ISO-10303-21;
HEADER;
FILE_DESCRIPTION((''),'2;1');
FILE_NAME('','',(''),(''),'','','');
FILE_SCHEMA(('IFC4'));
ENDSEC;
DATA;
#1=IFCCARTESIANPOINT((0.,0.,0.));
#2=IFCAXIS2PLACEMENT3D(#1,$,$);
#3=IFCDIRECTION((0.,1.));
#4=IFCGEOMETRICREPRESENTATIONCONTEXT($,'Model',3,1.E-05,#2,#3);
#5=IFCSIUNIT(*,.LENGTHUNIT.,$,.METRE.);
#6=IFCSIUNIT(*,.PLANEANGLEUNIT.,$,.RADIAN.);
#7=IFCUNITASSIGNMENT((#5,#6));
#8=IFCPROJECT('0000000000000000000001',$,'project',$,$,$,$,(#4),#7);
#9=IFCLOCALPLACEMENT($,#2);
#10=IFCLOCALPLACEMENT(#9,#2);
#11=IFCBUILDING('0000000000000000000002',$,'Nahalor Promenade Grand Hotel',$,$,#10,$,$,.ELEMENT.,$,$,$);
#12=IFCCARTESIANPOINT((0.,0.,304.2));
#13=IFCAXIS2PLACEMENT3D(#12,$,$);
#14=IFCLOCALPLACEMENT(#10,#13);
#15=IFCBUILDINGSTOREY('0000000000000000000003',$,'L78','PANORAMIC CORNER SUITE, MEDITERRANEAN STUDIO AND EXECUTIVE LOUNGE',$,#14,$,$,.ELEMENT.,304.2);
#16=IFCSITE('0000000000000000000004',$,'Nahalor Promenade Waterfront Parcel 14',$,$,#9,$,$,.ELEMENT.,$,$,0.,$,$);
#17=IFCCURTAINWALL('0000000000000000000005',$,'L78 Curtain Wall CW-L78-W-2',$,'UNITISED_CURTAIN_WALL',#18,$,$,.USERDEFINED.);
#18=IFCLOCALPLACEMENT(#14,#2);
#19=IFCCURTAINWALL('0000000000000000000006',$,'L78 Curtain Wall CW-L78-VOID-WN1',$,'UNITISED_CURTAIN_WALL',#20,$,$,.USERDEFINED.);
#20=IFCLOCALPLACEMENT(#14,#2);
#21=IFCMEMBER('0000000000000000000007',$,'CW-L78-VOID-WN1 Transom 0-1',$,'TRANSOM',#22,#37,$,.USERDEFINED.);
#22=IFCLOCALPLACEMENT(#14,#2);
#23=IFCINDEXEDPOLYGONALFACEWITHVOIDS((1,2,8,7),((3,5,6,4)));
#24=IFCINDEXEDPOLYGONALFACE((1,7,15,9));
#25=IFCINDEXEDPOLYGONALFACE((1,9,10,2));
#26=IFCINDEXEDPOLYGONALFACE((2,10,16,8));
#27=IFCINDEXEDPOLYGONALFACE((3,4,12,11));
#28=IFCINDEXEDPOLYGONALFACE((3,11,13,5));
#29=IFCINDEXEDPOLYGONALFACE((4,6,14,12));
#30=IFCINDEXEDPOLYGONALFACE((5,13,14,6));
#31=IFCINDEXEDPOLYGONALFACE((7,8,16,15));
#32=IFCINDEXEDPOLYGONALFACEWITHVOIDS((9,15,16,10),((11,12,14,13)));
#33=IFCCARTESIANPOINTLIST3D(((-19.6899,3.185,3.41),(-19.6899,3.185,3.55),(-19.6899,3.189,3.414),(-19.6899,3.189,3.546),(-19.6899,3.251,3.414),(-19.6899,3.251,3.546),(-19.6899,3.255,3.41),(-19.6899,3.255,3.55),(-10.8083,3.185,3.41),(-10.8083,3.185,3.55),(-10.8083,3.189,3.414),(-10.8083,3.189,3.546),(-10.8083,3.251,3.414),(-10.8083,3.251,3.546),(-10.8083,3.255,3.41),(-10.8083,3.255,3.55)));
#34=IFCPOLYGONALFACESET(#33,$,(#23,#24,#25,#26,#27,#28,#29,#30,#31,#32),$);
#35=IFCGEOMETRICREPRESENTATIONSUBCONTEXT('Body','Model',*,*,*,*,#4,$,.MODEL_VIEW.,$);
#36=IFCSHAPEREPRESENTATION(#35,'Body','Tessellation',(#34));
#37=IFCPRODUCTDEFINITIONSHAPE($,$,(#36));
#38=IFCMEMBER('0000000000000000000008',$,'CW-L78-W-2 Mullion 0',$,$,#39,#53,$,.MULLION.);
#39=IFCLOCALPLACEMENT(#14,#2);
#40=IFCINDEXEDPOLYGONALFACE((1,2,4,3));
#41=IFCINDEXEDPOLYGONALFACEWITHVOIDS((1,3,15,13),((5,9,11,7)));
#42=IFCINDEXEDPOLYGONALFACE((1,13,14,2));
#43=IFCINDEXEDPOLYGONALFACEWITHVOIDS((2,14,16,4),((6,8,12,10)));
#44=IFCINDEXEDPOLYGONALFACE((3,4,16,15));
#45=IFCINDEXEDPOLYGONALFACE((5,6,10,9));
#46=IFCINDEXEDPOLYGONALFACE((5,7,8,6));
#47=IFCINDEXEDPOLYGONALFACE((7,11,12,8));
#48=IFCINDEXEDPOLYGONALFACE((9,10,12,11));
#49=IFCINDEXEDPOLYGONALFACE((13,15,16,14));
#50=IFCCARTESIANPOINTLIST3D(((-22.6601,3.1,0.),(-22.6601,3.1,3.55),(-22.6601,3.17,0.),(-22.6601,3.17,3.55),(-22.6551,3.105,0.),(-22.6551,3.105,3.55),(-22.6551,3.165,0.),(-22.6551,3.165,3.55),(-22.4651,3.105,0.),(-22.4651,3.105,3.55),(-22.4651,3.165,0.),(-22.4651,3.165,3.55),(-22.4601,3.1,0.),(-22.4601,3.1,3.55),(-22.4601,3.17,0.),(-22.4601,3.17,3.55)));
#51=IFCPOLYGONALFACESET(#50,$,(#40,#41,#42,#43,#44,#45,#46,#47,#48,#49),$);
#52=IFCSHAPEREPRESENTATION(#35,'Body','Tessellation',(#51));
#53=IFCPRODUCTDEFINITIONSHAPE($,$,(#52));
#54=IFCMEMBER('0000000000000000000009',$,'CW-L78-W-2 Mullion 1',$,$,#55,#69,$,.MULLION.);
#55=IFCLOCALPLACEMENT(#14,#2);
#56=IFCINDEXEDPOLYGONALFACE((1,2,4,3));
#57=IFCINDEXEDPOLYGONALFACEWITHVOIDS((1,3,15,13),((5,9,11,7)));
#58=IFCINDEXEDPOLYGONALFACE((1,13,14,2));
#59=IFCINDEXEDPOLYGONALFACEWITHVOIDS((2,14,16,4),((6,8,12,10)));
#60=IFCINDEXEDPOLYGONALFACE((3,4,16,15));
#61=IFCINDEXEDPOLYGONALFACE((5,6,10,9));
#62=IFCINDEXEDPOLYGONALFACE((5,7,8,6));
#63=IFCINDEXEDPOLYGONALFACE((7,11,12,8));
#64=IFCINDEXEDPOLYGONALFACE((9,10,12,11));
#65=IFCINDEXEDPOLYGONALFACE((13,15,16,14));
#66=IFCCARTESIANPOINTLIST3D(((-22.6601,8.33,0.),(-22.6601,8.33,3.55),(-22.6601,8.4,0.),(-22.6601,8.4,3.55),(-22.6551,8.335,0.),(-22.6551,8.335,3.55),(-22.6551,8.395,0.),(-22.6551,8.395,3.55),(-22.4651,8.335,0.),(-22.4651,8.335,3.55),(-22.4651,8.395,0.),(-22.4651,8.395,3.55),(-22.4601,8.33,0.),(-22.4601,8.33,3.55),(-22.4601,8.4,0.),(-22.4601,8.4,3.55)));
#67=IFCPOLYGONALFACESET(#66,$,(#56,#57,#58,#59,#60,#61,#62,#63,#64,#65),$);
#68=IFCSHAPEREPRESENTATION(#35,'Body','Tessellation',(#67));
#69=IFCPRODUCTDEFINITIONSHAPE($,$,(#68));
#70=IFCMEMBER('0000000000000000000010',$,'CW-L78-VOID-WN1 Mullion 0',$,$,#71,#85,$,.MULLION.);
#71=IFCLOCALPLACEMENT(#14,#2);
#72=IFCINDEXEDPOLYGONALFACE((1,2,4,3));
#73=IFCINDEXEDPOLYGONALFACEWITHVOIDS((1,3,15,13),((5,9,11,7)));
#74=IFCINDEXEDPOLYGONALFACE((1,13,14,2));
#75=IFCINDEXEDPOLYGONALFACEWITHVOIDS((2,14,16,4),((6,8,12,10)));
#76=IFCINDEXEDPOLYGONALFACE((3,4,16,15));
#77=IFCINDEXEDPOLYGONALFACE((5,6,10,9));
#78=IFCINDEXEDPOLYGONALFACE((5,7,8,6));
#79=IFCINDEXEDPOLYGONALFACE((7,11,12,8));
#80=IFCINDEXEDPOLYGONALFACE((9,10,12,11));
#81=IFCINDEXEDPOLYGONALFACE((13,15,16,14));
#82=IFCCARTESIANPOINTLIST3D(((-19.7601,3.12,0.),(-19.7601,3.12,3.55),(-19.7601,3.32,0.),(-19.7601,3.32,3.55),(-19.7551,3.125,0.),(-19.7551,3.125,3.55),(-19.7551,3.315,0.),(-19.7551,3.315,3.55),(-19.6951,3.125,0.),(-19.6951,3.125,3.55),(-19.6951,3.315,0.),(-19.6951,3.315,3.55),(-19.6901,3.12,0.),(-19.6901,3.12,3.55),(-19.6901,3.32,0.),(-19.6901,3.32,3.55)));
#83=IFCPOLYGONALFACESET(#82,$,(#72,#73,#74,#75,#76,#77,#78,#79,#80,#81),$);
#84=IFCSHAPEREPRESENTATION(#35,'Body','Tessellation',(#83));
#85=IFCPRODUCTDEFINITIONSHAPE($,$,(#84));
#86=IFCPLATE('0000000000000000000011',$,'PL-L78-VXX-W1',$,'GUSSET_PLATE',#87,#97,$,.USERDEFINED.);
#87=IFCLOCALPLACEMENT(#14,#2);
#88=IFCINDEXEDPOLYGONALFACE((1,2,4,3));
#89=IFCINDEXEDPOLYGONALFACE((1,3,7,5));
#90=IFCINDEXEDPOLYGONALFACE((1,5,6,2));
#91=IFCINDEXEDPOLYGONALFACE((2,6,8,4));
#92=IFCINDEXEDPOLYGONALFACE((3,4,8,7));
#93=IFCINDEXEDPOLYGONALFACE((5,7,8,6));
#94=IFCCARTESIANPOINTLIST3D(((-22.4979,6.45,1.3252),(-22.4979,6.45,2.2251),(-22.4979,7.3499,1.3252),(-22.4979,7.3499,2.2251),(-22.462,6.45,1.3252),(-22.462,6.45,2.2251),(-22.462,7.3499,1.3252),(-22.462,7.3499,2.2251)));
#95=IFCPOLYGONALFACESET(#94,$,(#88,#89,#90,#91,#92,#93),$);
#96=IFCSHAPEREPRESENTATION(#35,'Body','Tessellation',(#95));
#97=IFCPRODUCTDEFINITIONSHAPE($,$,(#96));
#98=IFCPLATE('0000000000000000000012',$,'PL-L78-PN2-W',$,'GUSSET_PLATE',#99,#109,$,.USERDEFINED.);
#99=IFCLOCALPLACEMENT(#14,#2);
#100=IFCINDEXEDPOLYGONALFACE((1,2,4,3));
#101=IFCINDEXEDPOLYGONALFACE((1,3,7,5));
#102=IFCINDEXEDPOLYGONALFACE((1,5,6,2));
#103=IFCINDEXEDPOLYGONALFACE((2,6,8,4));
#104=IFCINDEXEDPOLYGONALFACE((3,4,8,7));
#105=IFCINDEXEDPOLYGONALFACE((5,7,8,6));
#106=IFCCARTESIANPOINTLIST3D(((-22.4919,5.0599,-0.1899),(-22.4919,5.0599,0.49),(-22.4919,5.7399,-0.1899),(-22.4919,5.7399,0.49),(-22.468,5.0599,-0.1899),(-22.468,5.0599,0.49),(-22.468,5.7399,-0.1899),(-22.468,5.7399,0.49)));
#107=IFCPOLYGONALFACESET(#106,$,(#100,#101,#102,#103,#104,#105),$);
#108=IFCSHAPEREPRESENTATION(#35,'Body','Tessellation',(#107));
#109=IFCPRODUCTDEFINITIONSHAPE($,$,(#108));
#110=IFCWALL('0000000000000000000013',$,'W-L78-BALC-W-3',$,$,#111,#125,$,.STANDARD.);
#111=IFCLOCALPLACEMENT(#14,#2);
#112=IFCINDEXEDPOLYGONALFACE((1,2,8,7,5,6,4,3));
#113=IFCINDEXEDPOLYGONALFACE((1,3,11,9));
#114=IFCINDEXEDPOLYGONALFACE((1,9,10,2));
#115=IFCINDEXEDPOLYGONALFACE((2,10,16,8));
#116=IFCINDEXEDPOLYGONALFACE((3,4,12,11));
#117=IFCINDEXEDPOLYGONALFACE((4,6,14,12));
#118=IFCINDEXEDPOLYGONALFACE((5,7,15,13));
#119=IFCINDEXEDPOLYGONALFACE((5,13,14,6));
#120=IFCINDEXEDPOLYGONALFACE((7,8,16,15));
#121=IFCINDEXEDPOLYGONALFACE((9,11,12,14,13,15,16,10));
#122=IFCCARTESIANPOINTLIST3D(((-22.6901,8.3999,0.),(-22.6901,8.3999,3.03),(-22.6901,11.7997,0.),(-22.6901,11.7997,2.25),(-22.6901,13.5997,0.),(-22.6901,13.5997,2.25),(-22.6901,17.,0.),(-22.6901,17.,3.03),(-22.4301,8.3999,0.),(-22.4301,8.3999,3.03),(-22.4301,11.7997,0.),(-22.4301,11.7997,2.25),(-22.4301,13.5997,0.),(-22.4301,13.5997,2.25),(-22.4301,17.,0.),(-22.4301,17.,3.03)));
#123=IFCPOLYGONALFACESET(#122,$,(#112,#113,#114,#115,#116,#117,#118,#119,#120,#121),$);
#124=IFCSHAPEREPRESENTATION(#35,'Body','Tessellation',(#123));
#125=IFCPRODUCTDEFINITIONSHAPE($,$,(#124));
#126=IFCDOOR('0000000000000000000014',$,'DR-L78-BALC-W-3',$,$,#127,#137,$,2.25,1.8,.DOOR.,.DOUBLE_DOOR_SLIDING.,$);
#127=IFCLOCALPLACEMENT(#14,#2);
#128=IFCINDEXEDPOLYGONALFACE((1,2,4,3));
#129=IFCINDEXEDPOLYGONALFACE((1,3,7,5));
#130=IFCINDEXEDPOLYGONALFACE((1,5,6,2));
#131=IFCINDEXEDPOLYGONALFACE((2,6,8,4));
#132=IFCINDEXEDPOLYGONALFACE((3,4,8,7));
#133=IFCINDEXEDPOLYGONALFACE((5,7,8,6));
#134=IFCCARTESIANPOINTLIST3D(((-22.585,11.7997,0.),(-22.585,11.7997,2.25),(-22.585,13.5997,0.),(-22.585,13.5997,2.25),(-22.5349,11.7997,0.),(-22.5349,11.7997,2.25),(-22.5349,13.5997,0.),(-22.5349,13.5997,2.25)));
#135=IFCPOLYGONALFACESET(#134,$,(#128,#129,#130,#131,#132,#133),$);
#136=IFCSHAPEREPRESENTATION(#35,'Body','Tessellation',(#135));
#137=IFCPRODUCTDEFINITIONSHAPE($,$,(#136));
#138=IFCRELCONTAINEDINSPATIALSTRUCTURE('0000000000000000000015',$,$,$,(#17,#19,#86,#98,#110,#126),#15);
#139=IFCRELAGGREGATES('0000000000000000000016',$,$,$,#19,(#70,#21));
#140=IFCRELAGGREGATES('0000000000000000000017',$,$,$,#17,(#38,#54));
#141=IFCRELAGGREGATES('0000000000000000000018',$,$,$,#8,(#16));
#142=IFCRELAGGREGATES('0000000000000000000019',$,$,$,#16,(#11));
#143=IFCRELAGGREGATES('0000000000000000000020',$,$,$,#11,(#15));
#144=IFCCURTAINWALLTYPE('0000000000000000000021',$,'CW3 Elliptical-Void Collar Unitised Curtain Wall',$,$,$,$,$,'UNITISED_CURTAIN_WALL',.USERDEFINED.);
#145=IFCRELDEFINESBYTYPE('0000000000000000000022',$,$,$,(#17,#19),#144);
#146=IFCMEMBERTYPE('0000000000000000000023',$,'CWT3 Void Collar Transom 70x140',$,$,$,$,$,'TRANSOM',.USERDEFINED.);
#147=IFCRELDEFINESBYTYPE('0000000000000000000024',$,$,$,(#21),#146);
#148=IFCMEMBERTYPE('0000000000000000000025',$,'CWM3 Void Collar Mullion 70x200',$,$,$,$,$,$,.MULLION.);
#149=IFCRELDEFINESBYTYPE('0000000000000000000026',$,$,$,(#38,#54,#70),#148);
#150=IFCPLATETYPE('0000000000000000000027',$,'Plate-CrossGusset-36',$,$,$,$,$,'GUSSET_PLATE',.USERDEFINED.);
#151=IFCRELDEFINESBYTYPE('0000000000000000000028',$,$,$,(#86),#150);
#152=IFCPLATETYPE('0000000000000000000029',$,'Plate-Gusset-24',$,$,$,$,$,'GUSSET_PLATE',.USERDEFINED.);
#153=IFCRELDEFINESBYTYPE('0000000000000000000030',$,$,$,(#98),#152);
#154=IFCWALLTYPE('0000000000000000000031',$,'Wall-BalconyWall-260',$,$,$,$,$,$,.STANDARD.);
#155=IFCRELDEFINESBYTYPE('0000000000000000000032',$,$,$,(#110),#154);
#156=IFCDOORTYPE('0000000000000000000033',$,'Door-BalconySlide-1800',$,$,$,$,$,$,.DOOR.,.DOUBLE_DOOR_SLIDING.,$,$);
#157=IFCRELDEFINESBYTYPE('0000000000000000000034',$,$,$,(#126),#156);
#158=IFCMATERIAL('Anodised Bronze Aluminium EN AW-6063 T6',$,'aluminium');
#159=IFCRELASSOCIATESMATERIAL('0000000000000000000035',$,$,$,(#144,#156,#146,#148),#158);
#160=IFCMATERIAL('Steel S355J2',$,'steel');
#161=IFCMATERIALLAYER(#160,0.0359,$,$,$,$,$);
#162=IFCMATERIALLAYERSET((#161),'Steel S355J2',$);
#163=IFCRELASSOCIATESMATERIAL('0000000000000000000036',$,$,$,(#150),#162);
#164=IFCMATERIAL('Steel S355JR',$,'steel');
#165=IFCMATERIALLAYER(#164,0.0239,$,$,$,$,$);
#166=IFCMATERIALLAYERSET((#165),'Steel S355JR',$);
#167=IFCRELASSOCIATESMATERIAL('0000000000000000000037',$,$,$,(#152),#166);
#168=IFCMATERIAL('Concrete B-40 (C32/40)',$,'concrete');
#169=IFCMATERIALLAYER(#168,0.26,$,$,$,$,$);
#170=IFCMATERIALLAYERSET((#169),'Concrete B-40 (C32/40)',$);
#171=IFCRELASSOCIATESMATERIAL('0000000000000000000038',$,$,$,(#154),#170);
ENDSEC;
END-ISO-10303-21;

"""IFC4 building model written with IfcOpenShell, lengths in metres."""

from ifc_helpers import new_model, si_unit, direction, frame, frame_2d, origin, origin_2d, place, context, subcontext, project, spatial, rectangle, hollow_rectangle, extrude, source, transform, mapped, material, layer, layer_set, material_profile, profile_set, type_object, element, fill, aggregate, save


model = new_model("IFC4")

# Units and contexts
model_context = context("Model", 3, precision=1e-05, world=origin(), true_north=direction((0.0, 1.0)))
body_context = subcontext(model_context, "Body", "Model", "MODEL_VIEW")
ifc_project = project(units=[si_unit("LENGTHUNIT", "METRE"), si_unit("PLANEANGLEUNIT", "RADIAN")], contexts=[model_context])

# Site, building, storey
site_placement = place(None, origin())
site = spatial("IfcSite", under=ifc_project, at=site_placement, Name="Nahalor Promenade Waterfront Parcel 14", CompositionType="ELEMENT", RefElevation=0.0)
building_placement = place(site_placement, origin())
building = spatial("IfcBuilding", under=site, at=building_placement, Name="Nahalor Promenade Grand Hotel", CompositionType="ELEMENT")
storey_placement = place(building_placement, frame((0.0, 0.0, 304.2)))
storey = spatial("IfcBuildingStorey", under=building, at=storey_placement, Name="L78", Description="PANORAMIC CORNER SUITE, MEDITERRANEAN STUDIO AND EXECUTIVE LOUNGE", CompositionType="ELEMENT", Elevation=304.2)

# Shared definitions
ifc_material_1 = material(Name="Steel S355JR", Category="steel")

# Curtain walls, member
ifc_material_2 = material(Name="Anodised Bronze Aluminium EN AW-6063 T6", Category="aluminium")
curtain_wall_type = type_object("IfcCurtainWallType", Name="CW3 Elliptical-Void Collar Unitised Curtain Wall", ElementType="UNITISED_CURTAIN_WALL", PredefinedType="USERDEFINED", material=ifc_material_2)
curtain_wall_1_placement = place(storey_placement, origin())
curtain_wall_1 = element("IfcCurtainWall", 1, at=curtain_wall_1_placement, inside=storey, type_object=curtain_wall_type, Name="L78 Curtain Wall CW-L78-W-2", ObjectType="UNITISED_CURTAIN_WALL", PredefinedType="USERDEFINED")
ifc_material_profile_1 = material_profile(ifc_material_2, hollow_rectangle(XDim=0.07, YDim=0.14, WallThickness=0.004, at=origin_2d()), Name="CWT 70x140x4")
ifc_profile_set_1 = profile_set([ifc_material_profile_1], Name="Anodised Bronze Aluminium EN AW-6063 T6")
member_type_1 = type_object("IfcMemberType", Name="CWT3 Void Collar Transom 70x140", ElementType="TRANSOM", PredefinedType="USERDEFINED", material=ifc_profile_set_1)
curtain_wall_2_placement = place(storey_placement, origin())
curtain_wall_2 = element("IfcCurtainWall", 2, at=curtain_wall_2_placement, inside=storey, type_object=curtain_wall_type, Name="L78 Curtain Wall CW-L78-VOID-WN1", ObjectType="UNITISED_CURTAIN_WALL", PredefinedType="USERDEFINED")
shared_shape_1 = source(origin(), body_context, "Body", "SweptSolid", [
    extrude(hollow_rectangle(XDim=0.07, YDim=0.14, WallThickness=0.004, at=origin_2d()), origin(), (0.0, 0.0, 1.0), 8.8816),
])
member_1_placement = place(storey_placement, frame((-19.6899, 3.22, 3.48), z_axis=(1.0, 0.0, 0.0), x_axis=(0.0, 1.0, 0.0)))
member_1 = element("IfcMember", 3, at=member_1_placement, type_object=member_type_1, Name="CW-L78-VOID-WN1 Transom 0-1", ObjectType="TRANSOM", PredefinedType="USERDEFINED", context=body_context, shape_type="MappedRepresentation", body=[
    mapped(shared_shape_1, transform((0.0, 0.0, 0.0), scale=1.0)),
])

# Members
ifc_material_profile_2 = material_profile(ifc_material_2, hollow_rectangle(XDim=0.07, YDim=0.2, WallThickness=0.005, at=origin_2d()), Name="CWM 70x200x5")
ifc_profile_set_2 = profile_set([ifc_material_profile_2], Name="Anodised Bronze Aluminium EN AW-6063 T6")
member_type_2 = type_object("IfcMemberType", Name="CWM3 Void Collar Mullion 70x200", PredefinedType="MULLION", material=ifc_profile_set_2)
shared_shape_2 = source(origin(), body_context, "Body", "SweptSolid", [
    extrude(hollow_rectangle(XDim=0.07, YDim=0.2, WallThickness=0.005, at=origin_2d()), origin(), (0.0, 0.0, 1.0), 3.55),
])
member_2_placement = place(storey_placement, frame((-22.5601, 3.135, 0.0), z_axis=(0.0, 0.0, 1.0), x_axis=(0.0, 1.0, 0.0)))
member_2 = element("IfcMember", 4, at=member_2_placement, type_object=member_type_2, Name="CW-L78-W-2 Mullion 0", PredefinedType="MULLION", context=body_context, shape_type="MappedRepresentation", body=[
    mapped(shared_shape_2, transform((0.0, 0.0, 0.0), scale=1.0)),
])
member_3_placement = place(storey_placement, frame((-22.5601, 8.365, 0.0), z_axis=(0.0, 0.0, 1.0), x_axis=(0.0, 1.0, 0.0)))
member_3 = element("IfcMember", 5, at=member_3_placement, type_object=member_type_2, Name="CW-L78-W-2 Mullion 1", PredefinedType="MULLION", context=body_context, shape_type="MappedRepresentation", body=[
    mapped(shared_shape_2, transform((0.0, 0.0, 0.0), scale=1.0)),
])
member_4_placement = place(storey_placement, frame((-19.7251, 3.22, 0.0), z_axis=(0.0, 0.0, 1.0), x_axis=(1.0, 0.0, 0.0)))
member_4 = element("IfcMember", 6, at=member_4_placement, type_object=member_type_2, Name="CW-L78-VOID-WN1 Mullion 0", PredefinedType="MULLION", context=body_context, shape_type="MappedRepresentation", body=[
    mapped(shared_shape_2, transform((0.0, 0.0, 0.0), scale=1.0)),
])
aggregate(curtain_wall_2, [member_4, member_1])

aggregate(curtain_wall_1, [member_2, member_3])

# Plates
ifc_material_3 = material(Name="Steel S355J2", Category="steel")
ifc_layer_1 = layer(ifc_material_3, 0.0359)
ifc_layer_set_1 = layer_set([ifc_layer_1], Name="Steel S355J2")
plate_type_1 = type_object("IfcPlateType", Name="Plate-CrossGusset-36", ElementType="GUSSET_PLATE", PredefinedType="USERDEFINED", material=ifc_layer_set_1)
shared_shape_3 = source(origin(), body_context, "Body", "SweptSolid", [
    extrude(rectangle(XDim=0.8999, YDim=0.0359, at=origin_2d()), origin(), (0.0, 0.0, 1.0), 0.8999),
])
plate_1_placement = place(storey_placement, frame((-22.48, 6.8999, 1.3252), z_axis=(0.0, 0.0, 1.0), x_axis=(0.0, 1.0, 0.0)))
element("IfcPlate", 7, at=plate_1_placement, inside=storey, type_object=plate_type_1, Name="PL-L78-VXX-W1", ObjectType="GUSSET_PLATE", PredefinedType="USERDEFINED", context=body_context, shape_type="MappedRepresentation", body=[
    mapped(shared_shape_3, transform((0.0, 0.0, 0.0), scale=1.0)),
])
ifc_layer_2 = layer(ifc_material_1, 0.0239)
ifc_layer_set_2 = layer_set([ifc_layer_2], Name="Steel S355JR")
plate_type_2 = type_object("IfcPlateType", Name="Plate-Gusset-24", ElementType="GUSSET_PLATE", PredefinedType="USERDEFINED", material=ifc_layer_set_2)
shared_shape_4 = source(origin(), body_context, "Body", "SweptSolid", [
    extrude(rectangle(XDim=0.6799, YDim=0.0239, at=origin_2d()), origin(), (0.0, 0.0, 1.0), 0.6799),
])
plate_2_placement = place(storey_placement, frame((-22.48, 5.3999, -0.1899), z_axis=(0.0, 0.0, 1.0), x_axis=(0.0, 1.0, 0.0)))
element("IfcPlate", 8, at=plate_2_placement, inside=storey, type_object=plate_type_2, Name="PL-L78-PN2-W", ObjectType="GUSSET_PLATE", PredefinedType="USERDEFINED", context=body_context, shape_type="MappedRepresentation", body=[
    mapped(shared_shape_4, transform((0.0, 0.0, 0.0), scale=1.0)),
])

# Wall, opening, door
ifc_material_4 = material(Name="Concrete B-40 (C32/40)", Category="concrete")
ifc_layer_3 = layer(ifc_material_4, 0.26)
ifc_layer_set_3 = layer_set([ifc_layer_3], Name="Concrete B-40 (C32/40)")
wall_type_1 = type_object("IfcWallType", Name="Wall-BalconyWall-260", PredefinedType="STANDARD", material=ifc_layer_set_3)
shared_shape_5 = source(origin(), body_context, "Body", "SweptSolid", [
    extrude(rectangle(XDim=8.6001, YDim=0.26, at=frame_2d((4.3, 0.0))), origin(), (0.0, 0.0, 1.0), 3.03),
])
wall_1_placement = place(storey_placement, frame((-22.5601, 8.3999, 0.0), z_axis=(0.0, 0.0, 1.0), x_axis=(0.0, 1.0, 0.0)))
wall_1 = element("IfcWall", 9, at=wall_1_placement, inside=storey, type_object=wall_type_1, Name="W-L78-BALC-W-3", PredefinedType="STANDARD", context=body_context, shape_type="MappedRepresentation", body=[
    mapped(shared_shape_5, transform((0.0, 0.0, 0.0), scale=1.0)),
])
opening_1_placement = place(wall_1_placement, frame((3.3999, 0.0, 0.0)))
opening_1 = element("IfcOpeningElement", 10, at=opening_1_placement, cuts=wall_1, PredefinedType="OPENING", context=body_context, shape_type="SweptSolid", body=[
    extrude(rectangle(XDim=1.8, YDim=2.25, at=frame_2d((0.8999, 1.125))), frame((0.0, 0.1399, 0.0), z_axis=(0.0, -1.0, 0.0), x_axis=(1.0, 0.0, 0.0)), (0.0, 0.0, 1.0), 0.28),
])
door_type_1 = type_object("IfcDoorType", Name="Door-BalconySlide-1800", OperationType="DOUBLE_DOOR_SLIDING", PredefinedType="DOOR", material=ifc_material_2)
shared_shape_6 = source(origin(), body_context, "Body", "SweptSolid", [
    extrude(rectangle(XDim=1.8, YDim=2.25, at=frame_2d((0.8999, 1.125))), frame((0.0, 0.0249, 0.0), z_axis=(0.0, -1.0, 0.0), x_axis=(1.0, 0.0, 0.0)), (0.0, 0.0, 1.0), 0.05),
])
door_1_placement = place(opening_1_placement, origin())
door_1 = element("IfcDoor", 11, at=door_1_placement, inside=storey, type_object=door_type_1, Name="DR-L78-BALC-W-3", OperationType="DOUBLE_DOOR_SLIDING", OverallHeight=2.25, OverallWidth=1.8, PredefinedType="DOOR", context=body_context, shape_type="MappedRepresentation", body=[
    mapped(shared_shape_6, transform((0.0, 0.0, 0.0), scale=1.0)),
])
fill(opening_1, door_1)

save(model, "model.ifc")
